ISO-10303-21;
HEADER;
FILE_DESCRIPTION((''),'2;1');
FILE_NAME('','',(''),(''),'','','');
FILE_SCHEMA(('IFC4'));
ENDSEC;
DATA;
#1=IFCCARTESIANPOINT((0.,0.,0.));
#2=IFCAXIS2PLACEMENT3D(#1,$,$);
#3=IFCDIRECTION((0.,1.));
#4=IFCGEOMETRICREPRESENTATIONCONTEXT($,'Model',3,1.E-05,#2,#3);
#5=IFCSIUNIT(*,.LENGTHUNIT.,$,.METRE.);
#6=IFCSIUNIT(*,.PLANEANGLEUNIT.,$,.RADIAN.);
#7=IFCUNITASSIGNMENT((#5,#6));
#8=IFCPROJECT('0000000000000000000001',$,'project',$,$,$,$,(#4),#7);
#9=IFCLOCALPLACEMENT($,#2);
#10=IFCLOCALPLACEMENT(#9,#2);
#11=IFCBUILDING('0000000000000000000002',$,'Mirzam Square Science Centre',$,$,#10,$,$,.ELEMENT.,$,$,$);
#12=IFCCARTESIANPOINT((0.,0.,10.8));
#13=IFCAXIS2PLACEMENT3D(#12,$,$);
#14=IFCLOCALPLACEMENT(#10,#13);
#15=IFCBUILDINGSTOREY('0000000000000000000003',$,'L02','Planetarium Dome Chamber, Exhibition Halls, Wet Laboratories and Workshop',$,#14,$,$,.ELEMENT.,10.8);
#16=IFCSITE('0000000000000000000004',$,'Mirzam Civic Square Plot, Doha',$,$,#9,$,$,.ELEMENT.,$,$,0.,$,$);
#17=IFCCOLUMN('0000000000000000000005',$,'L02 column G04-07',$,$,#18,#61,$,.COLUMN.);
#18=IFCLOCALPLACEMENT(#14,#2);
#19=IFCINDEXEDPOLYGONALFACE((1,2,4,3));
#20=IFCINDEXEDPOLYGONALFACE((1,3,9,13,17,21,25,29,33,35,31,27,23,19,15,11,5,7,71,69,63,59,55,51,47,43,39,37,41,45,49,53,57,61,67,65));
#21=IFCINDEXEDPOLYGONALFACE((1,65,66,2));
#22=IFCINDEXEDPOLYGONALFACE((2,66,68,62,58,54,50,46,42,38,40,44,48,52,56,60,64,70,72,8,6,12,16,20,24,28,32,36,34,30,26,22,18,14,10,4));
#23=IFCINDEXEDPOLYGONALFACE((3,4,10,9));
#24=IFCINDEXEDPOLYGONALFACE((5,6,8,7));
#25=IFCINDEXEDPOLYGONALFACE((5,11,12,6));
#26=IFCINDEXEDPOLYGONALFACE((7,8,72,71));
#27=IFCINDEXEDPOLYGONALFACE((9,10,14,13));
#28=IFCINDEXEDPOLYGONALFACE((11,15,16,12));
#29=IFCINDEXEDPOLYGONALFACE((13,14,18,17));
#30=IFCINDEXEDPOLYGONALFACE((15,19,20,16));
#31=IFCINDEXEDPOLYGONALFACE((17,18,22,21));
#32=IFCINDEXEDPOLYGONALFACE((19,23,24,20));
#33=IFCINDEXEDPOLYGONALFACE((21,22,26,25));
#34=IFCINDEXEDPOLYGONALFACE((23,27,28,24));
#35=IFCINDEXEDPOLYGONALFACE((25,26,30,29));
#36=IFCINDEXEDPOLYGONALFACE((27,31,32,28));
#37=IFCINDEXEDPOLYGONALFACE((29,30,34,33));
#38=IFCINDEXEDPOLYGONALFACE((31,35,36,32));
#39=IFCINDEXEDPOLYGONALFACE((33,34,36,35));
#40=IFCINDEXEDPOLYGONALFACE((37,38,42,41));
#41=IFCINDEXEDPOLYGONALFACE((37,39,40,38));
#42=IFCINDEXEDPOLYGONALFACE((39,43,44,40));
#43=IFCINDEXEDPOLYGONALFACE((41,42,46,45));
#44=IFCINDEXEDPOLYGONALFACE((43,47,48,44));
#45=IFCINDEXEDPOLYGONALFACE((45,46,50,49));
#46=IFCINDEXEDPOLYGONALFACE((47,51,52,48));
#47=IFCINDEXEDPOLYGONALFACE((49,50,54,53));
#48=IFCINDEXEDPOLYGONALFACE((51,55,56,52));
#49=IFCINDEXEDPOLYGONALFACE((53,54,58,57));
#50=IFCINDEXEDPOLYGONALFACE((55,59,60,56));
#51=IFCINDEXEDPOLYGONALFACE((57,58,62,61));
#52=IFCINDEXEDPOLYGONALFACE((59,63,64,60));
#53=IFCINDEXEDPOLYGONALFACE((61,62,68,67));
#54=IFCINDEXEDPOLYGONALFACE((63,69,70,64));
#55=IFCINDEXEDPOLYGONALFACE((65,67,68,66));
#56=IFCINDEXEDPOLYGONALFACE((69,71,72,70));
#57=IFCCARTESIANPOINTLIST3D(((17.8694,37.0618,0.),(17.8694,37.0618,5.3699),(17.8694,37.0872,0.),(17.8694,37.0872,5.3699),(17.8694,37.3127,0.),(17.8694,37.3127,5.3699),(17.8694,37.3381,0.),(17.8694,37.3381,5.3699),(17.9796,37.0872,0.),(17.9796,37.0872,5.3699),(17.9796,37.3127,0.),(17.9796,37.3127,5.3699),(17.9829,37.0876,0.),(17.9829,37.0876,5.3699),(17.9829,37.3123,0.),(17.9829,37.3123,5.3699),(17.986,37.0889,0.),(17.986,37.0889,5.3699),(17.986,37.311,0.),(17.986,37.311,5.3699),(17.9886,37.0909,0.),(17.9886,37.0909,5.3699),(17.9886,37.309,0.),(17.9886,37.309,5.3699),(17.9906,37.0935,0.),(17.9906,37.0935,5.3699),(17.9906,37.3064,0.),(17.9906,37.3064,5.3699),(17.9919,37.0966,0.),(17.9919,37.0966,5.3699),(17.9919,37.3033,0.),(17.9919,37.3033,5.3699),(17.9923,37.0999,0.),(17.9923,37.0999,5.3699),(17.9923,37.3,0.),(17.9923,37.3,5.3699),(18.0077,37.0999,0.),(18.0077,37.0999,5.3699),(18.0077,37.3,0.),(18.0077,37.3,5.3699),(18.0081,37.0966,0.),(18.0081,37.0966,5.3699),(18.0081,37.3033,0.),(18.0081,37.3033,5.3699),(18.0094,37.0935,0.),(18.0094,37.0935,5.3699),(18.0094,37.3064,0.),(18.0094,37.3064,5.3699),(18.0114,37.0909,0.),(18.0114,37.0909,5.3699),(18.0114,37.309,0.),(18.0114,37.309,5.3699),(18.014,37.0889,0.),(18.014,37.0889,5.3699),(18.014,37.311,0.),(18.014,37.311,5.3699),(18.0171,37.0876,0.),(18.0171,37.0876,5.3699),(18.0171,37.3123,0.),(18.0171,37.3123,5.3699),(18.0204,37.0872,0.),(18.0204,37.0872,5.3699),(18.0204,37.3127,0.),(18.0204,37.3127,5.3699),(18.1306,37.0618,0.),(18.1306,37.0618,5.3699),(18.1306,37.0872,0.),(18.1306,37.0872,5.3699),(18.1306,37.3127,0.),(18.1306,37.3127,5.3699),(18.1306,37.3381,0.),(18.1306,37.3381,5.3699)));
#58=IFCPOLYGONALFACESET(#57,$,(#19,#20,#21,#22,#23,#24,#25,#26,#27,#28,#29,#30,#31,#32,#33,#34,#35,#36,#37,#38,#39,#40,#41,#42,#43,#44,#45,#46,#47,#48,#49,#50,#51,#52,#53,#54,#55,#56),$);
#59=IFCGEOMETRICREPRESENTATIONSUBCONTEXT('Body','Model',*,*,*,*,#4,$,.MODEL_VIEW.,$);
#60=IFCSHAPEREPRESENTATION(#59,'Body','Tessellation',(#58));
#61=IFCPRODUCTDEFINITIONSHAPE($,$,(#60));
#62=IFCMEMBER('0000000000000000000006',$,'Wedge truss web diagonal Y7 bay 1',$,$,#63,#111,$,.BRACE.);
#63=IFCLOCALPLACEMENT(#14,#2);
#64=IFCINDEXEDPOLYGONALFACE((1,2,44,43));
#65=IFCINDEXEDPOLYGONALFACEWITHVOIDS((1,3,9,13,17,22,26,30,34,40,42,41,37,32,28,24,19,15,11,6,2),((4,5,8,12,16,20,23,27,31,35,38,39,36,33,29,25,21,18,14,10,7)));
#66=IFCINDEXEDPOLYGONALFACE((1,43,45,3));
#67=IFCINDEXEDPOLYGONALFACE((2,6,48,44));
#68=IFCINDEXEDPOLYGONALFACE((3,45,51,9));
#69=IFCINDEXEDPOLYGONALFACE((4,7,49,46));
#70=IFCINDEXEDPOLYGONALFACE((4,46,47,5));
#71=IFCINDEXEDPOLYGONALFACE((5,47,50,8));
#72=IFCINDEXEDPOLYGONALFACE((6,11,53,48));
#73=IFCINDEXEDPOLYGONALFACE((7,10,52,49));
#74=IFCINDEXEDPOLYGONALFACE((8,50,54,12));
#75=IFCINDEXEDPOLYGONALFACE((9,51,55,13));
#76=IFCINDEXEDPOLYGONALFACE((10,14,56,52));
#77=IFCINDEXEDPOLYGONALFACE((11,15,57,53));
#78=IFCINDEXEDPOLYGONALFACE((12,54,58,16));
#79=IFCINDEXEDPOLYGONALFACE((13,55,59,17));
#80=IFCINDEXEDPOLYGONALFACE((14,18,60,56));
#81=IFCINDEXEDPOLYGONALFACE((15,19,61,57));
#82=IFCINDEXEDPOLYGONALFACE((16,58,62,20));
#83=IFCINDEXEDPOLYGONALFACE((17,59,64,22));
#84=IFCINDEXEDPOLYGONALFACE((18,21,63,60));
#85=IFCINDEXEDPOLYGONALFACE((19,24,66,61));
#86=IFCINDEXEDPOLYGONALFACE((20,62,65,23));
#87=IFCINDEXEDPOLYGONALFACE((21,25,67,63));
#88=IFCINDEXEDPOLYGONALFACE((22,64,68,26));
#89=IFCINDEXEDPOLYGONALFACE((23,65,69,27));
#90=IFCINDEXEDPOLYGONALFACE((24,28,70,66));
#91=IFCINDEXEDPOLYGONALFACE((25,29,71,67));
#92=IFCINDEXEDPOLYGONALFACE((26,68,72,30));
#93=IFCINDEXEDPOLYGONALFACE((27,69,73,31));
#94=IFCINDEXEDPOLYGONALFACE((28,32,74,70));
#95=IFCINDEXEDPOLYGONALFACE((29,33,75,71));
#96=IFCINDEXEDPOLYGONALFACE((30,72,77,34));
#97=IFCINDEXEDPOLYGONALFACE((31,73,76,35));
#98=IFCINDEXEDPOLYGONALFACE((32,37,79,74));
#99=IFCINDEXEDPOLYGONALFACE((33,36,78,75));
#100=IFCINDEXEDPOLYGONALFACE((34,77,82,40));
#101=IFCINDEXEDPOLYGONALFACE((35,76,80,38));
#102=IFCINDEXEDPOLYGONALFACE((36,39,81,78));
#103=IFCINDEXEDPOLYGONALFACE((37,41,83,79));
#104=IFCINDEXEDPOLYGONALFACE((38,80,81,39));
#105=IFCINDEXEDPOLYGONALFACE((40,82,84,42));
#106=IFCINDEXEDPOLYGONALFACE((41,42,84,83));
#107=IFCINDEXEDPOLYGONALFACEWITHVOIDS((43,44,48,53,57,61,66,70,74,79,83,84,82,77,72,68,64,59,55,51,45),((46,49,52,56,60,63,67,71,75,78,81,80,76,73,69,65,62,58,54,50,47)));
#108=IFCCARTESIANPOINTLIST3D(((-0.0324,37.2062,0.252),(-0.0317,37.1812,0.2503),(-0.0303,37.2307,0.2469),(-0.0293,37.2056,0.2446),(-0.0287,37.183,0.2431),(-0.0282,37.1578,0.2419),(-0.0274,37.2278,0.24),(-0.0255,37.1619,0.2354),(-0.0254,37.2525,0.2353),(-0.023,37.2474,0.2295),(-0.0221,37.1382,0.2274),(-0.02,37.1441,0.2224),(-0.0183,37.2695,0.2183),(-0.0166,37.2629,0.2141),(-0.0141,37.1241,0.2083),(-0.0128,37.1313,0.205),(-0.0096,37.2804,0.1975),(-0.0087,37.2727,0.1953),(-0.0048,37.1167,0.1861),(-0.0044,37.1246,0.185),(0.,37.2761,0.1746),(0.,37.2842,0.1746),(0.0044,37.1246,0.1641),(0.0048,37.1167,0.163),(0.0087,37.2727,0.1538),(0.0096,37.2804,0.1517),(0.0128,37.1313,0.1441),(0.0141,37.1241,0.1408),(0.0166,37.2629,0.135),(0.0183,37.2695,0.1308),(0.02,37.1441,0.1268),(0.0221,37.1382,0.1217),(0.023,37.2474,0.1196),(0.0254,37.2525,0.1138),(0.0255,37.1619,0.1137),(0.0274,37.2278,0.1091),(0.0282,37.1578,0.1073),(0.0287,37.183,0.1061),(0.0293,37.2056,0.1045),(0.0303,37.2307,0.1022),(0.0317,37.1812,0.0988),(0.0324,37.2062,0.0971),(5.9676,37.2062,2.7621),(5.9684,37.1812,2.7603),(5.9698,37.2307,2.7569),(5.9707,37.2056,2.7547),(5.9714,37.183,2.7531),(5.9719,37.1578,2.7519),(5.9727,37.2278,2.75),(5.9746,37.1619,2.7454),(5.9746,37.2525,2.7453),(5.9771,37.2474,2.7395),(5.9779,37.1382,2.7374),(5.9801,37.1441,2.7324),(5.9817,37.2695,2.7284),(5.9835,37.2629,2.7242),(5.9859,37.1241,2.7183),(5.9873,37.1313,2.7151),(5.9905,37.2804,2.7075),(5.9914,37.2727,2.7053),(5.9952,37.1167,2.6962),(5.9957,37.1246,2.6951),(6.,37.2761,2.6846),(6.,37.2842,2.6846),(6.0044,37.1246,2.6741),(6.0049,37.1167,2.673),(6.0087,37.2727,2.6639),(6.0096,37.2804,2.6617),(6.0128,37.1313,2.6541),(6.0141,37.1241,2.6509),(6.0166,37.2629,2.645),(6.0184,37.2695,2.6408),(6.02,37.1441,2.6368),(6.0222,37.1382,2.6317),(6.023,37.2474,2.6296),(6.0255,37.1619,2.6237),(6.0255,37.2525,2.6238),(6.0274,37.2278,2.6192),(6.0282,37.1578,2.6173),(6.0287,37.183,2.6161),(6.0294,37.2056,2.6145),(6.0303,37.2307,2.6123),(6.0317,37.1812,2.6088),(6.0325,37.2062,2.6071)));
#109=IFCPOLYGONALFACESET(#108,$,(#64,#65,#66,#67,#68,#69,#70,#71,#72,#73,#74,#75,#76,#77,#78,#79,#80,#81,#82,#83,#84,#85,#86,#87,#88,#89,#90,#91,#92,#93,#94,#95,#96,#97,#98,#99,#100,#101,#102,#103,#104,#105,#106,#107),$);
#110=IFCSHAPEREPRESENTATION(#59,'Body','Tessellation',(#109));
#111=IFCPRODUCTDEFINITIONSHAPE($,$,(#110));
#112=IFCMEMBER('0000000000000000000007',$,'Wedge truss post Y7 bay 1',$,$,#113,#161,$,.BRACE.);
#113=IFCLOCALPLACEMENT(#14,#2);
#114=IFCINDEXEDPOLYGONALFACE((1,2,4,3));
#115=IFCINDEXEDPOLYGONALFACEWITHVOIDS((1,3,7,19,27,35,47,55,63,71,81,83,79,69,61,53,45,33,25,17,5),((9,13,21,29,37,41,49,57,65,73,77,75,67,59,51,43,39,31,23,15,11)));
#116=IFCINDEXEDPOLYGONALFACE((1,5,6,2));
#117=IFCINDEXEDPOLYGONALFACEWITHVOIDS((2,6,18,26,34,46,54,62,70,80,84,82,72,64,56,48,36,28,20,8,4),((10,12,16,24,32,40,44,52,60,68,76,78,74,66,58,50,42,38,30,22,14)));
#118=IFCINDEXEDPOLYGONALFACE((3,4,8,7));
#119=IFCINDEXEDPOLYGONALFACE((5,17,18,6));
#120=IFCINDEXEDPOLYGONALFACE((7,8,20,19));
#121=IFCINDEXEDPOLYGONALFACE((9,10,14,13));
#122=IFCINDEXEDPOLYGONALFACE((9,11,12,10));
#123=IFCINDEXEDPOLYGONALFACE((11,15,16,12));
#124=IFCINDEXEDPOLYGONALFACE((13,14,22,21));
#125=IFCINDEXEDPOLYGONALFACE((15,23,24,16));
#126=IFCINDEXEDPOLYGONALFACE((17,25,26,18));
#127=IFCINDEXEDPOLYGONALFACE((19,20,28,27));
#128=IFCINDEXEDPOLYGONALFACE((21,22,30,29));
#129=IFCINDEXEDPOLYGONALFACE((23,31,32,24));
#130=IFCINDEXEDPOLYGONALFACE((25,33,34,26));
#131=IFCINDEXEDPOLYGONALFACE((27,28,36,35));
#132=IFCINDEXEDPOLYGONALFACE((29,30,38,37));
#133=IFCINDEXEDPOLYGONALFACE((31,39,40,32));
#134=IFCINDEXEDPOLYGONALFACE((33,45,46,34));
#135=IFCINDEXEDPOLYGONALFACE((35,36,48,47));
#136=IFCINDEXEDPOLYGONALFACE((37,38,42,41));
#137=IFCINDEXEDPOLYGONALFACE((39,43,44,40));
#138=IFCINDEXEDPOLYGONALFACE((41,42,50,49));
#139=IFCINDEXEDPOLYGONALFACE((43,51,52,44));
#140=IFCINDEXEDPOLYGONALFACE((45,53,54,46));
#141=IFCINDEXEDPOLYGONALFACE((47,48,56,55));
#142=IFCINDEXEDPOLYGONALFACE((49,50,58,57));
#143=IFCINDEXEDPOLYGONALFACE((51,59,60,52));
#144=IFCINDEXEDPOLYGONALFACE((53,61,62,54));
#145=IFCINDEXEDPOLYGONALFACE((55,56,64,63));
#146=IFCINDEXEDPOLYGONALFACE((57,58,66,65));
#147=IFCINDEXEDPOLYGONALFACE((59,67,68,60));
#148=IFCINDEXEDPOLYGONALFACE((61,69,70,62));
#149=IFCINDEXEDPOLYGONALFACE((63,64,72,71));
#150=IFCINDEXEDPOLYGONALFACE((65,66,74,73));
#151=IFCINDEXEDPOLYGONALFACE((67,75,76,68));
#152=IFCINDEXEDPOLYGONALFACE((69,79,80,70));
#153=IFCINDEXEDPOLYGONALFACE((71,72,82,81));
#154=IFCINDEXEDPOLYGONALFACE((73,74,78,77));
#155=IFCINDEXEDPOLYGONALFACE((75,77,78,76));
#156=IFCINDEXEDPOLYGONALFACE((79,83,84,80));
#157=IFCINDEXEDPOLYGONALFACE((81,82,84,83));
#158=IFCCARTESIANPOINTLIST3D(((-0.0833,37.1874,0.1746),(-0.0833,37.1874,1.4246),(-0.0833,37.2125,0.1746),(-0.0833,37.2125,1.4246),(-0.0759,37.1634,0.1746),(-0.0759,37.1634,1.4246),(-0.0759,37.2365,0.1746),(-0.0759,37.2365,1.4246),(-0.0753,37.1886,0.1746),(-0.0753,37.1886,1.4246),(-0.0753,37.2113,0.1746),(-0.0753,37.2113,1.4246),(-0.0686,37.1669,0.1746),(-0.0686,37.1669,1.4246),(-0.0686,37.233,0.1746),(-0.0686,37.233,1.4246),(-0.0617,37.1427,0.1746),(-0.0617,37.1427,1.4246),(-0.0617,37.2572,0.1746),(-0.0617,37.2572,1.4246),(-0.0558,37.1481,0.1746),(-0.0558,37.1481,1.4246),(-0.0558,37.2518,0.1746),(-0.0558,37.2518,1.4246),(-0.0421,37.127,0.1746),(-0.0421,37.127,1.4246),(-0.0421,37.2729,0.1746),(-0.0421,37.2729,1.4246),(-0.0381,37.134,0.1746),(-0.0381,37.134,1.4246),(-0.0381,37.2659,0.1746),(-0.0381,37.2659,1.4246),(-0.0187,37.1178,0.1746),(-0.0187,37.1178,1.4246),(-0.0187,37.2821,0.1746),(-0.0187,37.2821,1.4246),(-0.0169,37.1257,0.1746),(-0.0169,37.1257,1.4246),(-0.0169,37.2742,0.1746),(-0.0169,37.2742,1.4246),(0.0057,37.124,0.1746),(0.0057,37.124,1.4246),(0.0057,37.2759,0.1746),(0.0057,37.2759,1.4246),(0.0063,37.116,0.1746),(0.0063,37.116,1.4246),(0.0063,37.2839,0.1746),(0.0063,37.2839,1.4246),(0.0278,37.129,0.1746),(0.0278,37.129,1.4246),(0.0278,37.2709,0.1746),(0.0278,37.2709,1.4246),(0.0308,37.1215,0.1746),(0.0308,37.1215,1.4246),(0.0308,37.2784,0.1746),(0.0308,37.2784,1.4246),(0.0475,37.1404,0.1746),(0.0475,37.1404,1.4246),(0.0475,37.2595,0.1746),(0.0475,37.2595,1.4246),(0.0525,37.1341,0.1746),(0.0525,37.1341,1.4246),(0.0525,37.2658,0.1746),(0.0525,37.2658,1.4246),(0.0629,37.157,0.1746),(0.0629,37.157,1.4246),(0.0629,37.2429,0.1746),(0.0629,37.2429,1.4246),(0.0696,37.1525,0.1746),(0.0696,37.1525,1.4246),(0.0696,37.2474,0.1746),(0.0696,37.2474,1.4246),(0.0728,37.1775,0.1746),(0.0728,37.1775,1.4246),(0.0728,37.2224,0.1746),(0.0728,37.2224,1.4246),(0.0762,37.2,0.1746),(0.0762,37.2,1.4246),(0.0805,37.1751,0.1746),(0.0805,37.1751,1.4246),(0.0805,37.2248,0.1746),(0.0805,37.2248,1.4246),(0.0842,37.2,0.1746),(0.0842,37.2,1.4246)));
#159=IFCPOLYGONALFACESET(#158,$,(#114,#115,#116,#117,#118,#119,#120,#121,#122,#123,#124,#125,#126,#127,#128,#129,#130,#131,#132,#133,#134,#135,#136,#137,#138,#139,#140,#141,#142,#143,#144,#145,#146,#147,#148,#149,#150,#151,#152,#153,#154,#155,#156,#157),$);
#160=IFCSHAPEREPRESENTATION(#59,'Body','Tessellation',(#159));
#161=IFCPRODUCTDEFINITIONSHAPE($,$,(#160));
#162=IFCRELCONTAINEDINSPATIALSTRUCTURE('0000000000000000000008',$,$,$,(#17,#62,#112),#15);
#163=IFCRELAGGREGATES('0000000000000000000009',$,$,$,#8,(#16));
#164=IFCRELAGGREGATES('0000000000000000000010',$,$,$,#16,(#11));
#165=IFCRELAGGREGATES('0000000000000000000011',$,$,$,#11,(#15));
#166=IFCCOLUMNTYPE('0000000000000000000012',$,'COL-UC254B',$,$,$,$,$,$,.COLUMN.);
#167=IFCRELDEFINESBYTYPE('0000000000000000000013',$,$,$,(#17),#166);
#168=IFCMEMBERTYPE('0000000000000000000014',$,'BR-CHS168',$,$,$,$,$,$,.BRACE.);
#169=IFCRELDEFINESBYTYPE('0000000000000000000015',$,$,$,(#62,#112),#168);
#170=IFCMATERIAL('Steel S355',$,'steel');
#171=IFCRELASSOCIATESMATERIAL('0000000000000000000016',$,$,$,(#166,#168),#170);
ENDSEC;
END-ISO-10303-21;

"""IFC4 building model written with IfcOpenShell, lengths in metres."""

from ifc_helpers import new_model, si_unit, direction, frame, origin, origin_2d, place, context, subcontext, project, spatial, hollow_circle, i_section, extrude, material, material_profile, profile_set, type_object, element, save


model = new_model("IFC4")

# Units and contexts
model_context = context("Model", 3, precision=1e-05, world=origin(), true_north=direction((0.0, 1.0)))
body_context = subcontext(model_context, "Body", "Model", "MODEL_VIEW")
ifc_project = project(units=[si_unit("LENGTHUNIT", "METRE"), si_unit("PLANEANGLEUNIT", "RADIAN")], contexts=[model_context])

# Site, building, storey
site_placement = place(None, origin())
site = spatial("IfcSite", under=ifc_project, at=site_placement, Name="Mirzam Civic Square Plot, Doha", CompositionType="ELEMENT", RefElevation=0.0)
building_placement = place(site_placement, origin())
building = spatial("IfcBuilding", under=site, at=building_placement, Name="Mirzam Square Science Centre", CompositionType="ELEMENT")
storey_placement = place(building_placement, frame((0.0, 0.0, 10.8)))
storey = spatial("IfcBuildingStorey", under=building, at=storey_placement, Name="L02", Description="Planetarium Dome Chamber, Exhibition Halls, Wet Laboratories and Workshop", CompositionType="ELEMENT", Elevation=10.8)

# Column
ifc_material_1 = material(Name="Steel S355", Category="steel")
ifc_material_profile_1 = material_profile(ifc_material_1, i_section(OverallWidth=0.2612, OverallDepth=0.2764, WebThickness=0.0154, FlangeThickness=0.0254, FilletRadius=0.0127, at=origin_2d()), Name="254x254x132UC")
ifc_profile_set_1 = profile_set([ifc_material_profile_1], Name="Steel S355")
column_type = type_object("IfcColumnType", Name="COL-UC254B", PredefinedType="COLUMN", material=ifc_profile_set_1)
column_placement = place(storey_placement, frame((18.0, 37.2, 0.0), z_axis=(0.0, 0.0, 1.0), x_axis=(1.0, 0.0, 0.0)))
element("IfcColumn", 1, at=column_placement, inside=storey, type_object=column_type, Name="L02 column G04-07", PredefinedType="COLUMN", context=body_context, shape_type="SweptSolid", body=[
    extrude(i_section(OverallWidth=0.2612, OverallDepth=0.2764, WebThickness=0.0154, FlangeThickness=0.0254, FilletRadius=0.0127, at=origin_2d()), origin(), (0.0, 0.0, 1.0), 5.3699),
])

# Members
ifc_material_profile_2 = material_profile(ifc_material_1, hollow_circle(Radius=0.0842, WallThickness=0.0081, at=origin_2d()), Name="168.3x8.0CHS")
ifc_profile_set_2 = profile_set([ifc_material_profile_2], Name="Steel S355")
member_type_1 = type_object("IfcMemberType", Name="BR-CHS168", PredefinedType="BRACE", material=ifc_profile_set_2)
member_1_placement = place(storey_placement, frame((0.0, 37.2, 0.1746), z_axis=(0.92253, 0.0, 0.385926), x_axis=(0.0, 1.0, 0.0)))
element("IfcMember", 2, at=member_1_placement, inside=storey, type_object=member_type_1, Name="Wedge truss web diagonal Y7 bay 1", PredefinedType="BRACE", context=body_context, shape_type="SweptSolid", body=[
    extrude(hollow_circle(Radius=0.0842, WallThickness=0.0081, at=origin_2d()), origin(), (0.0, 0.0, 1.0), 6.5039),
])
member_2_placement = place(storey_placement, frame((0.0, 37.2, 0.1746), z_axis=(0.0, 0.0, 1.0), x_axis=(1.0, 0.0, 0.0)))
element("IfcMember", 3, at=member_2_placement, inside=storey, type_object=member_type_1, Name="Wedge truss post Y7 bay 1", PredefinedType="BRACE", context=body_context, shape_type="SweptSolid", body=[
    extrude(hollow_circle(Radius=0.0842, WallThickness=0.0081, at=origin_2d()), origin(), (0.0, 0.0, 1.0), 1.25),
])

save(model, "model.ifc")
